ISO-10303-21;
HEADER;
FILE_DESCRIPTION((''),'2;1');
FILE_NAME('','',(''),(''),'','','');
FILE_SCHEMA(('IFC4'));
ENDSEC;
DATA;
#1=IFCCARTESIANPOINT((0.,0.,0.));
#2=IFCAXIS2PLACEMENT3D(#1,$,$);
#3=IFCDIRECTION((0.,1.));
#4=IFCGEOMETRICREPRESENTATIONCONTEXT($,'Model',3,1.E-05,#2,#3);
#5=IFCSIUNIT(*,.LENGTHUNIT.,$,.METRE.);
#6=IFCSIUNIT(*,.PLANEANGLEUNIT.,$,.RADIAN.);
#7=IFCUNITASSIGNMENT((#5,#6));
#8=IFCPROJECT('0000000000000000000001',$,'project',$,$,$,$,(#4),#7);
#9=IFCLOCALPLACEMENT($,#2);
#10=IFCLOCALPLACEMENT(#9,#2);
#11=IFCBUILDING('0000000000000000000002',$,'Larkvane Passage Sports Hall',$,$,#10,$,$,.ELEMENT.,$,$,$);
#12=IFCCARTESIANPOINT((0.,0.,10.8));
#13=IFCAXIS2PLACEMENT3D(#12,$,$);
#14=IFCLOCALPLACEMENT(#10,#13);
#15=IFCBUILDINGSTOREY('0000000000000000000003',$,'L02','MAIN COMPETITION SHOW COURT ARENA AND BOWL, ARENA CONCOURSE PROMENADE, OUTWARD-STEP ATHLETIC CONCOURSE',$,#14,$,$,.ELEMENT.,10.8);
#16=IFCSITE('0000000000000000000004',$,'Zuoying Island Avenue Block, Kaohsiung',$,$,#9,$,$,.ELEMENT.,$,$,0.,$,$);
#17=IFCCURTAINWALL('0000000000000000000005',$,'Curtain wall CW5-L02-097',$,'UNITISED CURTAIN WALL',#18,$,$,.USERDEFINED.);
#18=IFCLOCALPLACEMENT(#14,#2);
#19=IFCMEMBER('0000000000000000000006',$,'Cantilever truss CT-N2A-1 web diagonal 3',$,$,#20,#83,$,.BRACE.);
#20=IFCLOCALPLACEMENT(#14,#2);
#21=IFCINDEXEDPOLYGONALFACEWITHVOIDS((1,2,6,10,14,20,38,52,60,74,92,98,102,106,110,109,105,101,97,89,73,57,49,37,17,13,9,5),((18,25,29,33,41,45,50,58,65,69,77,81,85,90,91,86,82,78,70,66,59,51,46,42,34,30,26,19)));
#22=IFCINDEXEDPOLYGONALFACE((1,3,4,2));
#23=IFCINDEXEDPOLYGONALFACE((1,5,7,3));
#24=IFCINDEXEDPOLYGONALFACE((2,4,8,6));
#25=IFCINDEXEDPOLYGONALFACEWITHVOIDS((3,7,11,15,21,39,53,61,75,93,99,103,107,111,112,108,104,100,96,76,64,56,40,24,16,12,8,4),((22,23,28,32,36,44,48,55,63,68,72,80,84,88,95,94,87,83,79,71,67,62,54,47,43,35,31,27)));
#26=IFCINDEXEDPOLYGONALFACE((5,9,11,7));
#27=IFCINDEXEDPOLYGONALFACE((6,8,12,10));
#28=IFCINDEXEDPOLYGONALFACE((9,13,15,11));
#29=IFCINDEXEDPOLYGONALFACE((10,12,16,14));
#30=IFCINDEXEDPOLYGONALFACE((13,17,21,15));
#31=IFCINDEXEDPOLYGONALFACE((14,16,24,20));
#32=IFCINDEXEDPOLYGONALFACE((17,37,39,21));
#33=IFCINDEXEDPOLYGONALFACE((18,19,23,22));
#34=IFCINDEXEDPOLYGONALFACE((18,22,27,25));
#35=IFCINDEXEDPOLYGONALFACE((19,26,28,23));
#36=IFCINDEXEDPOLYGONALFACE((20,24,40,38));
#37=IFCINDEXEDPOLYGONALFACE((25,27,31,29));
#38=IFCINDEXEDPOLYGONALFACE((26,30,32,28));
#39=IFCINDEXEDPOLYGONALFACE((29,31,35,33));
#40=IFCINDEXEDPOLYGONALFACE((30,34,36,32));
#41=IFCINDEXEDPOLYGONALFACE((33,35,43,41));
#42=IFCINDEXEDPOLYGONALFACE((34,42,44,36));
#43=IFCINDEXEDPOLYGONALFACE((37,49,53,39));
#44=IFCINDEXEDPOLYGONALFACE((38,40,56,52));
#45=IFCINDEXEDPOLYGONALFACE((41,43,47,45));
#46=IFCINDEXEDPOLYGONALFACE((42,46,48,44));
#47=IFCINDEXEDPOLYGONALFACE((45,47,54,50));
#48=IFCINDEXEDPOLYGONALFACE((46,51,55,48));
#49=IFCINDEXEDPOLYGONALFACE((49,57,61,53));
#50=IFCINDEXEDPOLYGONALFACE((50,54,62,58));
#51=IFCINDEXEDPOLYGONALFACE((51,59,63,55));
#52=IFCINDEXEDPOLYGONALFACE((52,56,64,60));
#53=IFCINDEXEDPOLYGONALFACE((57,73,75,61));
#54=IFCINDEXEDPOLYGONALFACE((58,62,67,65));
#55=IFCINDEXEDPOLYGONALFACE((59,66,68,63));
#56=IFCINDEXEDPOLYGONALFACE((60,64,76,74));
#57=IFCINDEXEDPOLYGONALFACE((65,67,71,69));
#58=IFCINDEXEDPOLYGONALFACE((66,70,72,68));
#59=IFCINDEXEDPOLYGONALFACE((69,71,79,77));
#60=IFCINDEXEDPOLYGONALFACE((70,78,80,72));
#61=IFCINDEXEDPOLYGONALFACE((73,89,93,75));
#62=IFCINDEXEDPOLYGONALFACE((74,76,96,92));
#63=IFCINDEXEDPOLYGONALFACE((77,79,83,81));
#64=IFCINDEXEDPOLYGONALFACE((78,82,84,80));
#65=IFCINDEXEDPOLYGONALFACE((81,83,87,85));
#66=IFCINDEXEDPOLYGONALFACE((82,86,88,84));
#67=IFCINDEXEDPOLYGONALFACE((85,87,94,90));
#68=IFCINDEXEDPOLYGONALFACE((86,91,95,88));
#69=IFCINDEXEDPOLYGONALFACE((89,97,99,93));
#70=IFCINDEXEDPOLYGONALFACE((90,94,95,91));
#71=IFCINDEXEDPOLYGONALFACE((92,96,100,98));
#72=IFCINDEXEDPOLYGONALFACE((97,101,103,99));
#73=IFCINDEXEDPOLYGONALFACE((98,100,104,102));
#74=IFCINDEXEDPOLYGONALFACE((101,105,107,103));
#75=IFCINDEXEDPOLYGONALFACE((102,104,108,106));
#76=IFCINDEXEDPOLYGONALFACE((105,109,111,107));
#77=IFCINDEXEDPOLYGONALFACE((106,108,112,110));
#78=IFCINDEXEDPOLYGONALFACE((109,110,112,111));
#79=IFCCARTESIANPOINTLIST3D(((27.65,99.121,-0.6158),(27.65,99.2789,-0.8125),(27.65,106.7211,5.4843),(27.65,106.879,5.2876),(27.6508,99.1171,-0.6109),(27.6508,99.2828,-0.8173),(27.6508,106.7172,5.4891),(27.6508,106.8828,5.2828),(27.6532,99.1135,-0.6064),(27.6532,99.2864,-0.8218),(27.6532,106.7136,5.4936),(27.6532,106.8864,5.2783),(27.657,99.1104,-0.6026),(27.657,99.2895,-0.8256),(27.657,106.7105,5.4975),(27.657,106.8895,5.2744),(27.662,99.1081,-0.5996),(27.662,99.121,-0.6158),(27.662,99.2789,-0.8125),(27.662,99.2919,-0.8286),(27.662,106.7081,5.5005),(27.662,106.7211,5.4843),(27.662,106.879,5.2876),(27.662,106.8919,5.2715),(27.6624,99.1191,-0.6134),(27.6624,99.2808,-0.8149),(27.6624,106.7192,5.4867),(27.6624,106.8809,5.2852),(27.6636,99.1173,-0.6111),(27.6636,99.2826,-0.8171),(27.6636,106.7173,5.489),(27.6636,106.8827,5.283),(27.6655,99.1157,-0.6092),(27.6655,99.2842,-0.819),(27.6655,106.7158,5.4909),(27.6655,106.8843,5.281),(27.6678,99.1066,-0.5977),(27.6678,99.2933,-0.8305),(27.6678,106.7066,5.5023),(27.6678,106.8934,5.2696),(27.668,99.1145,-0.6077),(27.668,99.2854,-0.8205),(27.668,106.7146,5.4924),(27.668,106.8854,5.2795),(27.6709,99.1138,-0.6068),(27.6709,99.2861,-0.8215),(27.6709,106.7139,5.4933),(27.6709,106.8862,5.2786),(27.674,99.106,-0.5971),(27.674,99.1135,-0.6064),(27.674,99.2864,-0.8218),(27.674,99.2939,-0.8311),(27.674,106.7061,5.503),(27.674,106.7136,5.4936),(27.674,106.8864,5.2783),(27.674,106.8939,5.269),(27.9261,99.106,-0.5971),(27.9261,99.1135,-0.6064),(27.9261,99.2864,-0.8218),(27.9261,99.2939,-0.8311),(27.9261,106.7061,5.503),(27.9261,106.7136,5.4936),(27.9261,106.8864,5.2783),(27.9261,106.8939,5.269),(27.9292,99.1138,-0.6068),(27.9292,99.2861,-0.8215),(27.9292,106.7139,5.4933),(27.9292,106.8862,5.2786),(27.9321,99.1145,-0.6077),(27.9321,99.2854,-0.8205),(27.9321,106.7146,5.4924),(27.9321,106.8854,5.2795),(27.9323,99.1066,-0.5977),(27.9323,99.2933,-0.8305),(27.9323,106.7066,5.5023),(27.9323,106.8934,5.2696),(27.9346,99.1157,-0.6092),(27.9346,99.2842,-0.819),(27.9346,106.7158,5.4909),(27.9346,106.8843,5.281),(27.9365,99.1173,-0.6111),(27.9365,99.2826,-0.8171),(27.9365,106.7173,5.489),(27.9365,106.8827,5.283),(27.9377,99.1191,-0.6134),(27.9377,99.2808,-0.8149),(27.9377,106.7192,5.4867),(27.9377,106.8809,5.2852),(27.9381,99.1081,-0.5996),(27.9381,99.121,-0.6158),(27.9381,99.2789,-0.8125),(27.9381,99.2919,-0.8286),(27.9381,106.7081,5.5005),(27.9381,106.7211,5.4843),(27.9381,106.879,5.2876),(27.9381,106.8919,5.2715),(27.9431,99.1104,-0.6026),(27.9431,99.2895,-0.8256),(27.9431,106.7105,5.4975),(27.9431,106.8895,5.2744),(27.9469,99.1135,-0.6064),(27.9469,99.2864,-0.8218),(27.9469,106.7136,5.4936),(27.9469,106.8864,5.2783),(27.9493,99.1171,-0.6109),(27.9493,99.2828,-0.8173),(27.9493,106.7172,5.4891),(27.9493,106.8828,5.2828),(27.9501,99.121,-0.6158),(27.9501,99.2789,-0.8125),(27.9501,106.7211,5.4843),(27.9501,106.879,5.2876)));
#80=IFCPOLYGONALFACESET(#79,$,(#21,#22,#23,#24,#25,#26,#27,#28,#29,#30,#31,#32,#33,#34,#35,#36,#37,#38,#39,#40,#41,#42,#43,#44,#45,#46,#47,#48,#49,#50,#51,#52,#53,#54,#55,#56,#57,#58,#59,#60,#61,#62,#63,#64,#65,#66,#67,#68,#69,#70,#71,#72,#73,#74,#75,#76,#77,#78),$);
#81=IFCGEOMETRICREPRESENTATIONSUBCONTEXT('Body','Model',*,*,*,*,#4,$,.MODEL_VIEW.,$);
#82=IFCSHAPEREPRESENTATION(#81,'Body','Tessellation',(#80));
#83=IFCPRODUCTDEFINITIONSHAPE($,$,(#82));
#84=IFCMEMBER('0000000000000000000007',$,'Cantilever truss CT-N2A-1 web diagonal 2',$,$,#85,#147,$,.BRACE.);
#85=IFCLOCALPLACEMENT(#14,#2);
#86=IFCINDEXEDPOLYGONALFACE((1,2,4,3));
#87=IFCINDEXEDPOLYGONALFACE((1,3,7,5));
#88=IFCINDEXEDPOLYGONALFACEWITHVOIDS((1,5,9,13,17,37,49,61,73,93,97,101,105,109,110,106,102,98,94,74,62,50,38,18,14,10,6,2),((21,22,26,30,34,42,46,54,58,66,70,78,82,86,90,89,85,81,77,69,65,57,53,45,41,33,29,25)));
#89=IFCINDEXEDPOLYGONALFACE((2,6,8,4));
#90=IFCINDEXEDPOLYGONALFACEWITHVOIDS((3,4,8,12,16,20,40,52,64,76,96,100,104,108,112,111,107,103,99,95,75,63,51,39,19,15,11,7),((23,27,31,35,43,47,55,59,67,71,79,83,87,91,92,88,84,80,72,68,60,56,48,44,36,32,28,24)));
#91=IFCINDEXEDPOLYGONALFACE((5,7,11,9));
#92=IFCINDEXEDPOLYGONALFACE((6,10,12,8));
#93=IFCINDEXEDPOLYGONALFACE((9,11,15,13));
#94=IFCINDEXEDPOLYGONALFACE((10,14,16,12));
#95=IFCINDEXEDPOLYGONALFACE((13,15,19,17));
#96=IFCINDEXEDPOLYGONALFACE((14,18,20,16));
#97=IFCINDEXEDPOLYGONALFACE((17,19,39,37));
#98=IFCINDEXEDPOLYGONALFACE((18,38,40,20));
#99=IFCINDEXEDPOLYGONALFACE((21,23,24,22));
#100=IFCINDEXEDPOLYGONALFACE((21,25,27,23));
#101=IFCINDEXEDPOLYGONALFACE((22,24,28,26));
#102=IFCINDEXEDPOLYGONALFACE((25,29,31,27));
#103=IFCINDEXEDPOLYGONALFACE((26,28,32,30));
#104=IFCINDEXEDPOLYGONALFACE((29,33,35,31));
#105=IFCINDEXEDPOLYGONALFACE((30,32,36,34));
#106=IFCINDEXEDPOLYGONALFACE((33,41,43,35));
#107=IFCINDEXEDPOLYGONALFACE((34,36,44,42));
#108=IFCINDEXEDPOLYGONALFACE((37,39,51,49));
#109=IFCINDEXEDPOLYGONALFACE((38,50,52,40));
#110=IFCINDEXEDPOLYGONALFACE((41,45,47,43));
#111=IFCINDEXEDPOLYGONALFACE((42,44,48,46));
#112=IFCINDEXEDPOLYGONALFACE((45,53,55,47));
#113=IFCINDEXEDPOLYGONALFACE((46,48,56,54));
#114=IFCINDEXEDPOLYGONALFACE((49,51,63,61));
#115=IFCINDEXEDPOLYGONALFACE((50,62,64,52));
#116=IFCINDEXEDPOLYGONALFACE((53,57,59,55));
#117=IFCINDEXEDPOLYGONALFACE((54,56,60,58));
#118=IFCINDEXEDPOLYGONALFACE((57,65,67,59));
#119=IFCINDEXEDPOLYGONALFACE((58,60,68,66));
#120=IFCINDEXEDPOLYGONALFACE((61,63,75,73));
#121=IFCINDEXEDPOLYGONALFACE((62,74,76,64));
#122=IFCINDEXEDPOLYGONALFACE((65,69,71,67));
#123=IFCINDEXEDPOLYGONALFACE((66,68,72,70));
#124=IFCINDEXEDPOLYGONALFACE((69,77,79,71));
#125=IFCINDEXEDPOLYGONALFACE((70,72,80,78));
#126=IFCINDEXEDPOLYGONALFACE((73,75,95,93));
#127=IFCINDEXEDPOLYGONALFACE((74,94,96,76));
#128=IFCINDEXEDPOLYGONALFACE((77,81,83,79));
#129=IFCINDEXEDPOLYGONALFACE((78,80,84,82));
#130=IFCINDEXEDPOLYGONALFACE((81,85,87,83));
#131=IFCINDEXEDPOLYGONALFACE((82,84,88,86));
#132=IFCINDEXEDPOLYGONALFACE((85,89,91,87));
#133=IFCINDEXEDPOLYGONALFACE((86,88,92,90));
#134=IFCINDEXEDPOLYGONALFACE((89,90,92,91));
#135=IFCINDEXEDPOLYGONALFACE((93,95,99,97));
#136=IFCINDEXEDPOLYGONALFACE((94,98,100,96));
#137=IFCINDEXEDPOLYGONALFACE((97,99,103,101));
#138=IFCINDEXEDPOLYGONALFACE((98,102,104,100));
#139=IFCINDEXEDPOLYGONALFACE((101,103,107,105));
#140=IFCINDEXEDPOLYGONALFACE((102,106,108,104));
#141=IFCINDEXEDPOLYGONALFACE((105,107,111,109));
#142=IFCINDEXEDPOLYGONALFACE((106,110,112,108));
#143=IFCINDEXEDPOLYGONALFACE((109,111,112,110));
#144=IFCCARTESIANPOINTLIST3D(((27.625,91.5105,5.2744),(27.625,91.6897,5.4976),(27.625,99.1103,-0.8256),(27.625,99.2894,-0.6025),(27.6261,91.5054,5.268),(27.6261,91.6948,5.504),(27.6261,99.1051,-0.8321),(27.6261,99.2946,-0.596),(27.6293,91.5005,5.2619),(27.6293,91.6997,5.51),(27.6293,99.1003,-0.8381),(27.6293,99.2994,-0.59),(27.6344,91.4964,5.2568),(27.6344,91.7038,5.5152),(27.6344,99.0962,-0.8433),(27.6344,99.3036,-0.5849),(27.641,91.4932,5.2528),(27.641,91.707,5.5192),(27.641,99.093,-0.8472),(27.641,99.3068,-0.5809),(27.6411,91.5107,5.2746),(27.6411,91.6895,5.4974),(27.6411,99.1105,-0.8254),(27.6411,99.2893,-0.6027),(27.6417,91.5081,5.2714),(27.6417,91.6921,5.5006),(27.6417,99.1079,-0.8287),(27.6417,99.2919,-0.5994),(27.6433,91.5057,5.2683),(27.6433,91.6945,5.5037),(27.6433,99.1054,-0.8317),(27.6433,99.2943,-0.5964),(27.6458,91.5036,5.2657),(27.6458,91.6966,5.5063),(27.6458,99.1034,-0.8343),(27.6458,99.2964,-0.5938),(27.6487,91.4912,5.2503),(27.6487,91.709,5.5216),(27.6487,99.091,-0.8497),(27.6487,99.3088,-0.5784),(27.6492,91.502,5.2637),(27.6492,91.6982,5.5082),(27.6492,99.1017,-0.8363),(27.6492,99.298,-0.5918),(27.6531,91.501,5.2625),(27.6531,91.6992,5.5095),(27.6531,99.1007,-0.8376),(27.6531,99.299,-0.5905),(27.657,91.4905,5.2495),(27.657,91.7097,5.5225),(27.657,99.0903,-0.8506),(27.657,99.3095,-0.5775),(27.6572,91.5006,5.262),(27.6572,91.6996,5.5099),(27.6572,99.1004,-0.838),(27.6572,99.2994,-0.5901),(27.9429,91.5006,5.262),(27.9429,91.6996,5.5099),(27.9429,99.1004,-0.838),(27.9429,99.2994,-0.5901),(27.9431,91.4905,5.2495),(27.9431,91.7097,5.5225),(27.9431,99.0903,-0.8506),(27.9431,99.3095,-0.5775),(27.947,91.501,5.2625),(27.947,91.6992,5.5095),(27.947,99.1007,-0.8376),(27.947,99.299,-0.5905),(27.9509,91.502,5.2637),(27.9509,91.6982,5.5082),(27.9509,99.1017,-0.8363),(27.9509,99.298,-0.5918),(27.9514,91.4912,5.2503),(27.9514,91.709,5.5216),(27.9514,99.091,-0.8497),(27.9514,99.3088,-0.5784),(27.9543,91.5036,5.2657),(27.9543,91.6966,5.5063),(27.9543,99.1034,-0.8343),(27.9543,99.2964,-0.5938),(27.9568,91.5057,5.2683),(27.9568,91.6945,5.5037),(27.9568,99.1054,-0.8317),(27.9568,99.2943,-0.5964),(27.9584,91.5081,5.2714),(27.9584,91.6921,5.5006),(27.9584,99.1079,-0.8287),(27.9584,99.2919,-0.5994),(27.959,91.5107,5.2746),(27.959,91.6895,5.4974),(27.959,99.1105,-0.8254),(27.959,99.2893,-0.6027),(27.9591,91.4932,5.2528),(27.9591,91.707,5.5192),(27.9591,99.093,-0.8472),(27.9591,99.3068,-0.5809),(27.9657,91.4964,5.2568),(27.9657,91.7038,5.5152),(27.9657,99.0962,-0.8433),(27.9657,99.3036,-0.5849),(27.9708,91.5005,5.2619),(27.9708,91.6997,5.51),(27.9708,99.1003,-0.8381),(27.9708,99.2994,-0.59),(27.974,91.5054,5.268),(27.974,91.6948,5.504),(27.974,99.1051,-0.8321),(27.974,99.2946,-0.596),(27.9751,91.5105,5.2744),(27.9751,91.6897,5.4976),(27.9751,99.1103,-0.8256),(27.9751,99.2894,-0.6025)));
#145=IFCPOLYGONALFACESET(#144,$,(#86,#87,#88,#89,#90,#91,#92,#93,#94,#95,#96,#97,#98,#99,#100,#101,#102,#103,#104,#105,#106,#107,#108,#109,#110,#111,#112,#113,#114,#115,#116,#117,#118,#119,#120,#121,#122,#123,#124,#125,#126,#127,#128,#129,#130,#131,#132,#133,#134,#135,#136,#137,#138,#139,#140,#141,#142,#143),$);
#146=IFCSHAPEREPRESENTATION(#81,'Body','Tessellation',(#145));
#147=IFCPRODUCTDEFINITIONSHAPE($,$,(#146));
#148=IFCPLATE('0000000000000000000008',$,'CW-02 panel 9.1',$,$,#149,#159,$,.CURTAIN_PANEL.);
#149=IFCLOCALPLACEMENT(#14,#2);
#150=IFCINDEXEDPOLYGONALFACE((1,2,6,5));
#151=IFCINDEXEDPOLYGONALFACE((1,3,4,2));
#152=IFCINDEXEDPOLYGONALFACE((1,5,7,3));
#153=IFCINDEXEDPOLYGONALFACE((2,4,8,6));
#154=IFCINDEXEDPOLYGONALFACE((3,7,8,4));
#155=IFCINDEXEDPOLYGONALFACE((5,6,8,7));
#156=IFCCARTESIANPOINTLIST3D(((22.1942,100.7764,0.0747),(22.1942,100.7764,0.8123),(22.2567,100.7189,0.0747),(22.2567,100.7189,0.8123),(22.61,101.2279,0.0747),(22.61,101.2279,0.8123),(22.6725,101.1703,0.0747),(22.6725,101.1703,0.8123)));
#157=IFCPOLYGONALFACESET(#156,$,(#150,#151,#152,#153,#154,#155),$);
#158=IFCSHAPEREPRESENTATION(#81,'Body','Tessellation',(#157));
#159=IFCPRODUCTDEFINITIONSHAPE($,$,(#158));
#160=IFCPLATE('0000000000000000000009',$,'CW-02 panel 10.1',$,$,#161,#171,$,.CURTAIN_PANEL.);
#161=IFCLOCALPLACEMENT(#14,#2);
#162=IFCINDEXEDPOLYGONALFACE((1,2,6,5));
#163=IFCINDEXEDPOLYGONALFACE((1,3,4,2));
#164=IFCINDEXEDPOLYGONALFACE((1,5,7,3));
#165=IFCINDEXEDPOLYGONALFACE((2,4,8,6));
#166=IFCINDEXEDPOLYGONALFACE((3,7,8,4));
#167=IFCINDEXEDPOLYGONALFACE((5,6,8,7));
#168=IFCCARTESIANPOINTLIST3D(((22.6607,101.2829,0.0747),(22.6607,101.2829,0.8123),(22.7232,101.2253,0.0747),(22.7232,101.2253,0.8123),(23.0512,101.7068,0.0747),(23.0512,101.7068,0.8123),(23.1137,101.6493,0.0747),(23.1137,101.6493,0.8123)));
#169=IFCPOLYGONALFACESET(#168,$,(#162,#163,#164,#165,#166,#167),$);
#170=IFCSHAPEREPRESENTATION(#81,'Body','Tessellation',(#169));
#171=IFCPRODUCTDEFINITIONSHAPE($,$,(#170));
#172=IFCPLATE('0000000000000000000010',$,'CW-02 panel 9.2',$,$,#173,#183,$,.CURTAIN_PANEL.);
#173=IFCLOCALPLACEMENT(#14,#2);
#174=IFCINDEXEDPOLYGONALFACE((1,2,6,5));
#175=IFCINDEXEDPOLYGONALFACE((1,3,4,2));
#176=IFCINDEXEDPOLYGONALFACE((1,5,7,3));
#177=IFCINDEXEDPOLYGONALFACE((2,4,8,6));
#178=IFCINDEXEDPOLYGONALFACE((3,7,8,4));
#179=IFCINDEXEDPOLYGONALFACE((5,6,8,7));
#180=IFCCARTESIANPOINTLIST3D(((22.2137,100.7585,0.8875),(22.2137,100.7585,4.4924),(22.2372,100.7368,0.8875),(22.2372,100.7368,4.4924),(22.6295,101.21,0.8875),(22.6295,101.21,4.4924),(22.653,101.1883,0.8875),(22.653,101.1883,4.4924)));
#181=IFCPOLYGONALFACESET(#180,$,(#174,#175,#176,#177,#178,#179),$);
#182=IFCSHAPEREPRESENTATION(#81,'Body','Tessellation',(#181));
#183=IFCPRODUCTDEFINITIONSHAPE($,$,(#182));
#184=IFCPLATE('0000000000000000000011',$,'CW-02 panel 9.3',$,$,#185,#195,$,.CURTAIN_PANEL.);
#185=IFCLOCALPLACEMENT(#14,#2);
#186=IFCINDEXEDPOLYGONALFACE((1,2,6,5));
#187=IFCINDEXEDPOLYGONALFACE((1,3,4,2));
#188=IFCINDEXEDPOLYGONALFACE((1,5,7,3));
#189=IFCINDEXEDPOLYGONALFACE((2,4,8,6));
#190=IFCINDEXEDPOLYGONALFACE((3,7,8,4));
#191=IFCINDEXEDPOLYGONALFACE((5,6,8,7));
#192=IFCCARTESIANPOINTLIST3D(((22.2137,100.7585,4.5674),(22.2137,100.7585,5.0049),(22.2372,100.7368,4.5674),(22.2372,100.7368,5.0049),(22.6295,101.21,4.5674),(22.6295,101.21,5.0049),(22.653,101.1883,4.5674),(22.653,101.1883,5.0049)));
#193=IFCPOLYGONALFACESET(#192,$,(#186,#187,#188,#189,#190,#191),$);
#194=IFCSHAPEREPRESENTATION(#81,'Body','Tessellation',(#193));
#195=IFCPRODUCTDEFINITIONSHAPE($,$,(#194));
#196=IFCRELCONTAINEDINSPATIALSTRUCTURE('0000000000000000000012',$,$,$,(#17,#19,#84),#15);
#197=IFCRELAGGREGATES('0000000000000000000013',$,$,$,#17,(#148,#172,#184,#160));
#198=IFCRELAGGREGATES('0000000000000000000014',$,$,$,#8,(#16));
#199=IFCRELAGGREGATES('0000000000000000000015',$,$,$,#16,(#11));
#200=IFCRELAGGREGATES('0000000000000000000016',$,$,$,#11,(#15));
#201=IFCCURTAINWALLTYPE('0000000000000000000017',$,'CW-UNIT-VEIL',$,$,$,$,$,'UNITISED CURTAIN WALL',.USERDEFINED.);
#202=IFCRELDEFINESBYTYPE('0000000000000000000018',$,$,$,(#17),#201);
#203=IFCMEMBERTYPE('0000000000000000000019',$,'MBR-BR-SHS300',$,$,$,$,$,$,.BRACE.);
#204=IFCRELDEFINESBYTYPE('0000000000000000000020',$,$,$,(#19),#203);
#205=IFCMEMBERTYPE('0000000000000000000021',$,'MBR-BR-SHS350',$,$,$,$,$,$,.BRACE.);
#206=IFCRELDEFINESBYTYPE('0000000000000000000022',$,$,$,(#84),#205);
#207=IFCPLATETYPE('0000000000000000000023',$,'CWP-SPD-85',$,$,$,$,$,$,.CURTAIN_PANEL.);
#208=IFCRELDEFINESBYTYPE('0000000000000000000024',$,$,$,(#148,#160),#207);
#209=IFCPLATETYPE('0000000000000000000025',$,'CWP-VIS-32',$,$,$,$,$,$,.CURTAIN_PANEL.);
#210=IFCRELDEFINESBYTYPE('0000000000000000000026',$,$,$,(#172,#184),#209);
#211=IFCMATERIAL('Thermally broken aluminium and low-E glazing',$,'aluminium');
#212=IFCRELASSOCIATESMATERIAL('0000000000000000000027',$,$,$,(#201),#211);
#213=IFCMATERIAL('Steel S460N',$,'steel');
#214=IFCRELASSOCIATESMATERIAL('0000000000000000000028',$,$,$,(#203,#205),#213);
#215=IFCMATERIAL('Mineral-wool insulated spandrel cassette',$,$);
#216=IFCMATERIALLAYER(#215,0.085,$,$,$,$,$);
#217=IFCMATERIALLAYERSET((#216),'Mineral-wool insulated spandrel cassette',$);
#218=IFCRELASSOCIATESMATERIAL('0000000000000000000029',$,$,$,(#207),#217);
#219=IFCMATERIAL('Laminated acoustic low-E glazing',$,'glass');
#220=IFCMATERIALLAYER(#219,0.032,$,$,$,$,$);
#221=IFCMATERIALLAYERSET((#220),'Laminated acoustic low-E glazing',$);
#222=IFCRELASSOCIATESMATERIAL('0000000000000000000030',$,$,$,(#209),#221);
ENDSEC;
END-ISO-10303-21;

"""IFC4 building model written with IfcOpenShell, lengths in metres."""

from ifc_helpers import new_model, si_unit, direction, frame, origin, origin_2d, place, context, subcontext, project, spatial, rectangle, hollow_rectangle, extrude, material, layer, layer_set, material_profile, profile_set, type_object, element, aggregate, save


model = new_model("IFC4")

# Units and contexts
model_context = context("Model", 3, precision=1e-05, world=origin(), true_north=direction((0.0, 1.0)))
body_context = subcontext(model_context, "Body", "Model", "MODEL_VIEW")
ifc_project = project(units=[si_unit("LENGTHUNIT", "METRE"), si_unit("PLANEANGLEUNIT", "RADIAN")], contexts=[model_context])

# Site, building, storey
site_placement = place(None, origin())
site = spatial("IfcSite", under=ifc_project, at=site_placement, Name="Zuoying Island Avenue Block, Kaohsiung", CompositionType="ELEMENT", RefElevation=0.0)
building_placement = place(site_placement, origin())
building = spatial("IfcBuilding", under=site, at=building_placement, Name="Larkvane Passage Sports Hall", CompositionType="ELEMENT")
storey_placement = place(building_placement, frame((0.0, 0.0, 10.8)))
storey = spatial("IfcBuildingStorey", under=building, at=storey_placement, Name="L02", Description="MAIN COMPETITION SHOW COURT ARENA AND BOWL, ARENA CONCOURSE PROMENADE, OUTWARD-STEP ATHLETIC CONCOURSE", CompositionType="ELEMENT", Elevation=10.8)

# Shared definitions
ifc_material_1 = material(Name="Steel S460N", Category="steel")

# Curtain wall
ifc_material_2 = material(Name="Thermally broken aluminium and low-E glazing", Category="aluminium")
curtain_wall_type = type_object("IfcCurtainWallType", Name="CW-UNIT-VEIL", ElementType="UNITISED CURTAIN WALL", PredefinedType="USERDEFINED", material=ifc_material_2)
curtain_wall_placement = place(storey_placement, origin())
curtain_wall = element("IfcCurtainWall", 1, at=curtain_wall_placement, inside=storey, type_object=curtain_wall_type, Name="Curtain wall CW5-L02-097", ObjectType="UNITISED CURTAIN WALL", PredefinedType="USERDEFINED")

# Members
ifc_material_profile_1 = material_profile(ifc_material_1, hollow_rectangle(XDim=0.3, YDim=0.3, WallThickness=0.012, InnerFilletRadius=0.012, OuterFilletRadius=0.0239, at=origin_2d()), Name="SHS-300x300x12")
ifc_profile_set_1 = profile_set([ifc_material_profile_1], Name="Steel S460N")
member_type_1 = type_object("IfcMemberType", Name="MBR-BR-SHS300", PredefinedType="BRACE", material=ifc_profile_set_1)
member_1_placement = place(storey_placement, frame((27.8, 99.2, -0.7141), z_axis=(0.0, 0.779866, 0.625947), x_axis=(-1.0, 0.0, 0.0)))
element("IfcMember", 2, at=member_1_placement, inside=storey, type_object=member_type_1, Name="Cantilever truss CT-N2A-1 web diagonal 3", PredefinedType="BRACE", context=body_context, shape_type="SweptSolid", body=[
    extrude(hollow_rectangle(XDim=0.3, YDim=0.3, WallThickness=0.012, InnerFilletRadius=0.012, OuterFilletRadius=0.0239, at=origin_2d()), origin(), (0.0, 0.0, 1.0), 9.7454),
])
ifc_material_profile_2 = material_profile(ifc_material_1, hollow_rectangle(XDim=0.3501, YDim=0.3501, WallThickness=0.0161, InnerFilletRadius=0.0161, OuterFilletRadius=0.032, at=origin_2d()), Name="SHS-350x350x16")
ifc_profile_set_2 = profile_set([ifc_material_profile_2], Name="Steel S460N")
member_type_2 = type_object("IfcMemberType", Name="MBR-BR-SHS350", PredefinedType="BRACE", material=ifc_profile_set_2)
member_2_placement = place(storey_placement, frame((27.8, 91.6001, 5.386), z_axis=(0.0, 0.779856, -0.625959), x_axis=(-1.0, 0.0, 0.0)))
element("IfcMember", 3, at=member_2_placement, inside=storey, type_object=member_type_2, Name="Cantilever truss CT-N2A-1 web diagonal 2", PredefinedType="BRACE", context=body_context, shape_type="SweptSolid", body=[
    extrude(hollow_rectangle(XDim=0.3501, YDim=0.3501, WallThickness=0.0161, InnerFilletRadius=0.0161, OuterFilletRadius=0.032, at=origin_2d()), origin(), (0.0, 0.0, 1.0), 9.7451),
])

# Plates
ifc_material_3 = material(Name="Mineral-wool insulated spandrel cassette")
ifc_layer_1 = layer(ifc_material_3, 0.085)
ifc_layer_set_1 = layer_set([ifc_layer_1], Name="Mineral-wool insulated spandrel cassette")
plate_type_1 = type_object("IfcPlateType", Name="CWP-SPD-85", PredefinedType="CURTAIN_PANEL", material=ifc_layer_set_1)
plate_1_placement = place(storey_placement, frame((22.4333, 100.9734, 0.0747), z_axis=(0.0, 0.0, 1.0), x_axis=(0.677475, 0.735545, 0.0)))
plate_1 = element("IfcPlate", 4, at=plate_1_placement, type_object=plate_type_1, Name="CW-02 panel 9.1", PredefinedType="CURTAIN_PANEL", context=body_context, shape_type="SweptSolid", body=[
    extrude(rectangle(XDim=0.6138, YDim=0.085, at=origin_2d()), origin(), (0.0, 0.0, 1.0), 0.7375),
])
plate_2_placement = place(storey_placement, frame((22.8872, 101.4661, 0.0747), z_axis=(0.0, 0.0, 1.0), x_axis=(0.677475, 0.735545, 0.0)))
plate_2 = element("IfcPlate", 5, at=plate_2_placement, type_object=plate_type_1, Name="CW-02 panel 10.1", PredefinedType="CURTAIN_PANEL", context=body_context, shape_type="SweptSolid", body=[
    extrude(rectangle(XDim=0.5764, YDim=0.085, at=origin_2d()), origin(), (0.0, 0.0, 1.0), 0.7375),
])
ifc_material_4 = material(Name="Laminated acoustic low-E glazing", Category="glass")
ifc_layer_2 = layer(ifc_material_4, 0.032)
ifc_layer_set_2 = layer_set([ifc_layer_2], Name="Laminated acoustic low-E glazing")
plate_type_2 = type_object("IfcPlateType", Name="CWP-VIS-32", PredefinedType="CURTAIN_PANEL", material=ifc_layer_set_2)
plate_3_placement = place(storey_placement, frame((22.4333, 100.9734, 0.8875), z_axis=(0.0, 0.0, 1.0), x_axis=(0.677475, 0.735545, 0.0)))
plate_3 = element("IfcPlate", 6, at=plate_3_placement, type_object=plate_type_2, Name="CW-02 panel 9.2", PredefinedType="CURTAIN_PANEL", context=body_context, shape_type="SweptSolid", body=[
    extrude(rectangle(XDim=0.6138, YDim=0.032, at=origin_2d()), origin(), (0.0, 0.0, 1.0), 3.605),
])
plate_4_placement = place(storey_placement, frame((22.4333, 100.9734, 4.5674), z_axis=(0.0, 0.0, 1.0), x_axis=(0.677475, 0.735545, 0.0)))
plate_4 = element("IfcPlate", 7, at=plate_4_placement, type_object=plate_type_2, Name="CW-02 panel 9.3", PredefinedType="CURTAIN_PANEL", context=body_context, shape_type="SweptSolid", body=[
    extrude(rectangle(XDim=0.6138, YDim=0.032, at=origin_2d()), origin(), (0.0, 0.0, 1.0), 0.4375),
])
aggregate(curtain_wall, [plate_1, plate_3, plate_4, plate_2])

save(model, "model.ifc")
